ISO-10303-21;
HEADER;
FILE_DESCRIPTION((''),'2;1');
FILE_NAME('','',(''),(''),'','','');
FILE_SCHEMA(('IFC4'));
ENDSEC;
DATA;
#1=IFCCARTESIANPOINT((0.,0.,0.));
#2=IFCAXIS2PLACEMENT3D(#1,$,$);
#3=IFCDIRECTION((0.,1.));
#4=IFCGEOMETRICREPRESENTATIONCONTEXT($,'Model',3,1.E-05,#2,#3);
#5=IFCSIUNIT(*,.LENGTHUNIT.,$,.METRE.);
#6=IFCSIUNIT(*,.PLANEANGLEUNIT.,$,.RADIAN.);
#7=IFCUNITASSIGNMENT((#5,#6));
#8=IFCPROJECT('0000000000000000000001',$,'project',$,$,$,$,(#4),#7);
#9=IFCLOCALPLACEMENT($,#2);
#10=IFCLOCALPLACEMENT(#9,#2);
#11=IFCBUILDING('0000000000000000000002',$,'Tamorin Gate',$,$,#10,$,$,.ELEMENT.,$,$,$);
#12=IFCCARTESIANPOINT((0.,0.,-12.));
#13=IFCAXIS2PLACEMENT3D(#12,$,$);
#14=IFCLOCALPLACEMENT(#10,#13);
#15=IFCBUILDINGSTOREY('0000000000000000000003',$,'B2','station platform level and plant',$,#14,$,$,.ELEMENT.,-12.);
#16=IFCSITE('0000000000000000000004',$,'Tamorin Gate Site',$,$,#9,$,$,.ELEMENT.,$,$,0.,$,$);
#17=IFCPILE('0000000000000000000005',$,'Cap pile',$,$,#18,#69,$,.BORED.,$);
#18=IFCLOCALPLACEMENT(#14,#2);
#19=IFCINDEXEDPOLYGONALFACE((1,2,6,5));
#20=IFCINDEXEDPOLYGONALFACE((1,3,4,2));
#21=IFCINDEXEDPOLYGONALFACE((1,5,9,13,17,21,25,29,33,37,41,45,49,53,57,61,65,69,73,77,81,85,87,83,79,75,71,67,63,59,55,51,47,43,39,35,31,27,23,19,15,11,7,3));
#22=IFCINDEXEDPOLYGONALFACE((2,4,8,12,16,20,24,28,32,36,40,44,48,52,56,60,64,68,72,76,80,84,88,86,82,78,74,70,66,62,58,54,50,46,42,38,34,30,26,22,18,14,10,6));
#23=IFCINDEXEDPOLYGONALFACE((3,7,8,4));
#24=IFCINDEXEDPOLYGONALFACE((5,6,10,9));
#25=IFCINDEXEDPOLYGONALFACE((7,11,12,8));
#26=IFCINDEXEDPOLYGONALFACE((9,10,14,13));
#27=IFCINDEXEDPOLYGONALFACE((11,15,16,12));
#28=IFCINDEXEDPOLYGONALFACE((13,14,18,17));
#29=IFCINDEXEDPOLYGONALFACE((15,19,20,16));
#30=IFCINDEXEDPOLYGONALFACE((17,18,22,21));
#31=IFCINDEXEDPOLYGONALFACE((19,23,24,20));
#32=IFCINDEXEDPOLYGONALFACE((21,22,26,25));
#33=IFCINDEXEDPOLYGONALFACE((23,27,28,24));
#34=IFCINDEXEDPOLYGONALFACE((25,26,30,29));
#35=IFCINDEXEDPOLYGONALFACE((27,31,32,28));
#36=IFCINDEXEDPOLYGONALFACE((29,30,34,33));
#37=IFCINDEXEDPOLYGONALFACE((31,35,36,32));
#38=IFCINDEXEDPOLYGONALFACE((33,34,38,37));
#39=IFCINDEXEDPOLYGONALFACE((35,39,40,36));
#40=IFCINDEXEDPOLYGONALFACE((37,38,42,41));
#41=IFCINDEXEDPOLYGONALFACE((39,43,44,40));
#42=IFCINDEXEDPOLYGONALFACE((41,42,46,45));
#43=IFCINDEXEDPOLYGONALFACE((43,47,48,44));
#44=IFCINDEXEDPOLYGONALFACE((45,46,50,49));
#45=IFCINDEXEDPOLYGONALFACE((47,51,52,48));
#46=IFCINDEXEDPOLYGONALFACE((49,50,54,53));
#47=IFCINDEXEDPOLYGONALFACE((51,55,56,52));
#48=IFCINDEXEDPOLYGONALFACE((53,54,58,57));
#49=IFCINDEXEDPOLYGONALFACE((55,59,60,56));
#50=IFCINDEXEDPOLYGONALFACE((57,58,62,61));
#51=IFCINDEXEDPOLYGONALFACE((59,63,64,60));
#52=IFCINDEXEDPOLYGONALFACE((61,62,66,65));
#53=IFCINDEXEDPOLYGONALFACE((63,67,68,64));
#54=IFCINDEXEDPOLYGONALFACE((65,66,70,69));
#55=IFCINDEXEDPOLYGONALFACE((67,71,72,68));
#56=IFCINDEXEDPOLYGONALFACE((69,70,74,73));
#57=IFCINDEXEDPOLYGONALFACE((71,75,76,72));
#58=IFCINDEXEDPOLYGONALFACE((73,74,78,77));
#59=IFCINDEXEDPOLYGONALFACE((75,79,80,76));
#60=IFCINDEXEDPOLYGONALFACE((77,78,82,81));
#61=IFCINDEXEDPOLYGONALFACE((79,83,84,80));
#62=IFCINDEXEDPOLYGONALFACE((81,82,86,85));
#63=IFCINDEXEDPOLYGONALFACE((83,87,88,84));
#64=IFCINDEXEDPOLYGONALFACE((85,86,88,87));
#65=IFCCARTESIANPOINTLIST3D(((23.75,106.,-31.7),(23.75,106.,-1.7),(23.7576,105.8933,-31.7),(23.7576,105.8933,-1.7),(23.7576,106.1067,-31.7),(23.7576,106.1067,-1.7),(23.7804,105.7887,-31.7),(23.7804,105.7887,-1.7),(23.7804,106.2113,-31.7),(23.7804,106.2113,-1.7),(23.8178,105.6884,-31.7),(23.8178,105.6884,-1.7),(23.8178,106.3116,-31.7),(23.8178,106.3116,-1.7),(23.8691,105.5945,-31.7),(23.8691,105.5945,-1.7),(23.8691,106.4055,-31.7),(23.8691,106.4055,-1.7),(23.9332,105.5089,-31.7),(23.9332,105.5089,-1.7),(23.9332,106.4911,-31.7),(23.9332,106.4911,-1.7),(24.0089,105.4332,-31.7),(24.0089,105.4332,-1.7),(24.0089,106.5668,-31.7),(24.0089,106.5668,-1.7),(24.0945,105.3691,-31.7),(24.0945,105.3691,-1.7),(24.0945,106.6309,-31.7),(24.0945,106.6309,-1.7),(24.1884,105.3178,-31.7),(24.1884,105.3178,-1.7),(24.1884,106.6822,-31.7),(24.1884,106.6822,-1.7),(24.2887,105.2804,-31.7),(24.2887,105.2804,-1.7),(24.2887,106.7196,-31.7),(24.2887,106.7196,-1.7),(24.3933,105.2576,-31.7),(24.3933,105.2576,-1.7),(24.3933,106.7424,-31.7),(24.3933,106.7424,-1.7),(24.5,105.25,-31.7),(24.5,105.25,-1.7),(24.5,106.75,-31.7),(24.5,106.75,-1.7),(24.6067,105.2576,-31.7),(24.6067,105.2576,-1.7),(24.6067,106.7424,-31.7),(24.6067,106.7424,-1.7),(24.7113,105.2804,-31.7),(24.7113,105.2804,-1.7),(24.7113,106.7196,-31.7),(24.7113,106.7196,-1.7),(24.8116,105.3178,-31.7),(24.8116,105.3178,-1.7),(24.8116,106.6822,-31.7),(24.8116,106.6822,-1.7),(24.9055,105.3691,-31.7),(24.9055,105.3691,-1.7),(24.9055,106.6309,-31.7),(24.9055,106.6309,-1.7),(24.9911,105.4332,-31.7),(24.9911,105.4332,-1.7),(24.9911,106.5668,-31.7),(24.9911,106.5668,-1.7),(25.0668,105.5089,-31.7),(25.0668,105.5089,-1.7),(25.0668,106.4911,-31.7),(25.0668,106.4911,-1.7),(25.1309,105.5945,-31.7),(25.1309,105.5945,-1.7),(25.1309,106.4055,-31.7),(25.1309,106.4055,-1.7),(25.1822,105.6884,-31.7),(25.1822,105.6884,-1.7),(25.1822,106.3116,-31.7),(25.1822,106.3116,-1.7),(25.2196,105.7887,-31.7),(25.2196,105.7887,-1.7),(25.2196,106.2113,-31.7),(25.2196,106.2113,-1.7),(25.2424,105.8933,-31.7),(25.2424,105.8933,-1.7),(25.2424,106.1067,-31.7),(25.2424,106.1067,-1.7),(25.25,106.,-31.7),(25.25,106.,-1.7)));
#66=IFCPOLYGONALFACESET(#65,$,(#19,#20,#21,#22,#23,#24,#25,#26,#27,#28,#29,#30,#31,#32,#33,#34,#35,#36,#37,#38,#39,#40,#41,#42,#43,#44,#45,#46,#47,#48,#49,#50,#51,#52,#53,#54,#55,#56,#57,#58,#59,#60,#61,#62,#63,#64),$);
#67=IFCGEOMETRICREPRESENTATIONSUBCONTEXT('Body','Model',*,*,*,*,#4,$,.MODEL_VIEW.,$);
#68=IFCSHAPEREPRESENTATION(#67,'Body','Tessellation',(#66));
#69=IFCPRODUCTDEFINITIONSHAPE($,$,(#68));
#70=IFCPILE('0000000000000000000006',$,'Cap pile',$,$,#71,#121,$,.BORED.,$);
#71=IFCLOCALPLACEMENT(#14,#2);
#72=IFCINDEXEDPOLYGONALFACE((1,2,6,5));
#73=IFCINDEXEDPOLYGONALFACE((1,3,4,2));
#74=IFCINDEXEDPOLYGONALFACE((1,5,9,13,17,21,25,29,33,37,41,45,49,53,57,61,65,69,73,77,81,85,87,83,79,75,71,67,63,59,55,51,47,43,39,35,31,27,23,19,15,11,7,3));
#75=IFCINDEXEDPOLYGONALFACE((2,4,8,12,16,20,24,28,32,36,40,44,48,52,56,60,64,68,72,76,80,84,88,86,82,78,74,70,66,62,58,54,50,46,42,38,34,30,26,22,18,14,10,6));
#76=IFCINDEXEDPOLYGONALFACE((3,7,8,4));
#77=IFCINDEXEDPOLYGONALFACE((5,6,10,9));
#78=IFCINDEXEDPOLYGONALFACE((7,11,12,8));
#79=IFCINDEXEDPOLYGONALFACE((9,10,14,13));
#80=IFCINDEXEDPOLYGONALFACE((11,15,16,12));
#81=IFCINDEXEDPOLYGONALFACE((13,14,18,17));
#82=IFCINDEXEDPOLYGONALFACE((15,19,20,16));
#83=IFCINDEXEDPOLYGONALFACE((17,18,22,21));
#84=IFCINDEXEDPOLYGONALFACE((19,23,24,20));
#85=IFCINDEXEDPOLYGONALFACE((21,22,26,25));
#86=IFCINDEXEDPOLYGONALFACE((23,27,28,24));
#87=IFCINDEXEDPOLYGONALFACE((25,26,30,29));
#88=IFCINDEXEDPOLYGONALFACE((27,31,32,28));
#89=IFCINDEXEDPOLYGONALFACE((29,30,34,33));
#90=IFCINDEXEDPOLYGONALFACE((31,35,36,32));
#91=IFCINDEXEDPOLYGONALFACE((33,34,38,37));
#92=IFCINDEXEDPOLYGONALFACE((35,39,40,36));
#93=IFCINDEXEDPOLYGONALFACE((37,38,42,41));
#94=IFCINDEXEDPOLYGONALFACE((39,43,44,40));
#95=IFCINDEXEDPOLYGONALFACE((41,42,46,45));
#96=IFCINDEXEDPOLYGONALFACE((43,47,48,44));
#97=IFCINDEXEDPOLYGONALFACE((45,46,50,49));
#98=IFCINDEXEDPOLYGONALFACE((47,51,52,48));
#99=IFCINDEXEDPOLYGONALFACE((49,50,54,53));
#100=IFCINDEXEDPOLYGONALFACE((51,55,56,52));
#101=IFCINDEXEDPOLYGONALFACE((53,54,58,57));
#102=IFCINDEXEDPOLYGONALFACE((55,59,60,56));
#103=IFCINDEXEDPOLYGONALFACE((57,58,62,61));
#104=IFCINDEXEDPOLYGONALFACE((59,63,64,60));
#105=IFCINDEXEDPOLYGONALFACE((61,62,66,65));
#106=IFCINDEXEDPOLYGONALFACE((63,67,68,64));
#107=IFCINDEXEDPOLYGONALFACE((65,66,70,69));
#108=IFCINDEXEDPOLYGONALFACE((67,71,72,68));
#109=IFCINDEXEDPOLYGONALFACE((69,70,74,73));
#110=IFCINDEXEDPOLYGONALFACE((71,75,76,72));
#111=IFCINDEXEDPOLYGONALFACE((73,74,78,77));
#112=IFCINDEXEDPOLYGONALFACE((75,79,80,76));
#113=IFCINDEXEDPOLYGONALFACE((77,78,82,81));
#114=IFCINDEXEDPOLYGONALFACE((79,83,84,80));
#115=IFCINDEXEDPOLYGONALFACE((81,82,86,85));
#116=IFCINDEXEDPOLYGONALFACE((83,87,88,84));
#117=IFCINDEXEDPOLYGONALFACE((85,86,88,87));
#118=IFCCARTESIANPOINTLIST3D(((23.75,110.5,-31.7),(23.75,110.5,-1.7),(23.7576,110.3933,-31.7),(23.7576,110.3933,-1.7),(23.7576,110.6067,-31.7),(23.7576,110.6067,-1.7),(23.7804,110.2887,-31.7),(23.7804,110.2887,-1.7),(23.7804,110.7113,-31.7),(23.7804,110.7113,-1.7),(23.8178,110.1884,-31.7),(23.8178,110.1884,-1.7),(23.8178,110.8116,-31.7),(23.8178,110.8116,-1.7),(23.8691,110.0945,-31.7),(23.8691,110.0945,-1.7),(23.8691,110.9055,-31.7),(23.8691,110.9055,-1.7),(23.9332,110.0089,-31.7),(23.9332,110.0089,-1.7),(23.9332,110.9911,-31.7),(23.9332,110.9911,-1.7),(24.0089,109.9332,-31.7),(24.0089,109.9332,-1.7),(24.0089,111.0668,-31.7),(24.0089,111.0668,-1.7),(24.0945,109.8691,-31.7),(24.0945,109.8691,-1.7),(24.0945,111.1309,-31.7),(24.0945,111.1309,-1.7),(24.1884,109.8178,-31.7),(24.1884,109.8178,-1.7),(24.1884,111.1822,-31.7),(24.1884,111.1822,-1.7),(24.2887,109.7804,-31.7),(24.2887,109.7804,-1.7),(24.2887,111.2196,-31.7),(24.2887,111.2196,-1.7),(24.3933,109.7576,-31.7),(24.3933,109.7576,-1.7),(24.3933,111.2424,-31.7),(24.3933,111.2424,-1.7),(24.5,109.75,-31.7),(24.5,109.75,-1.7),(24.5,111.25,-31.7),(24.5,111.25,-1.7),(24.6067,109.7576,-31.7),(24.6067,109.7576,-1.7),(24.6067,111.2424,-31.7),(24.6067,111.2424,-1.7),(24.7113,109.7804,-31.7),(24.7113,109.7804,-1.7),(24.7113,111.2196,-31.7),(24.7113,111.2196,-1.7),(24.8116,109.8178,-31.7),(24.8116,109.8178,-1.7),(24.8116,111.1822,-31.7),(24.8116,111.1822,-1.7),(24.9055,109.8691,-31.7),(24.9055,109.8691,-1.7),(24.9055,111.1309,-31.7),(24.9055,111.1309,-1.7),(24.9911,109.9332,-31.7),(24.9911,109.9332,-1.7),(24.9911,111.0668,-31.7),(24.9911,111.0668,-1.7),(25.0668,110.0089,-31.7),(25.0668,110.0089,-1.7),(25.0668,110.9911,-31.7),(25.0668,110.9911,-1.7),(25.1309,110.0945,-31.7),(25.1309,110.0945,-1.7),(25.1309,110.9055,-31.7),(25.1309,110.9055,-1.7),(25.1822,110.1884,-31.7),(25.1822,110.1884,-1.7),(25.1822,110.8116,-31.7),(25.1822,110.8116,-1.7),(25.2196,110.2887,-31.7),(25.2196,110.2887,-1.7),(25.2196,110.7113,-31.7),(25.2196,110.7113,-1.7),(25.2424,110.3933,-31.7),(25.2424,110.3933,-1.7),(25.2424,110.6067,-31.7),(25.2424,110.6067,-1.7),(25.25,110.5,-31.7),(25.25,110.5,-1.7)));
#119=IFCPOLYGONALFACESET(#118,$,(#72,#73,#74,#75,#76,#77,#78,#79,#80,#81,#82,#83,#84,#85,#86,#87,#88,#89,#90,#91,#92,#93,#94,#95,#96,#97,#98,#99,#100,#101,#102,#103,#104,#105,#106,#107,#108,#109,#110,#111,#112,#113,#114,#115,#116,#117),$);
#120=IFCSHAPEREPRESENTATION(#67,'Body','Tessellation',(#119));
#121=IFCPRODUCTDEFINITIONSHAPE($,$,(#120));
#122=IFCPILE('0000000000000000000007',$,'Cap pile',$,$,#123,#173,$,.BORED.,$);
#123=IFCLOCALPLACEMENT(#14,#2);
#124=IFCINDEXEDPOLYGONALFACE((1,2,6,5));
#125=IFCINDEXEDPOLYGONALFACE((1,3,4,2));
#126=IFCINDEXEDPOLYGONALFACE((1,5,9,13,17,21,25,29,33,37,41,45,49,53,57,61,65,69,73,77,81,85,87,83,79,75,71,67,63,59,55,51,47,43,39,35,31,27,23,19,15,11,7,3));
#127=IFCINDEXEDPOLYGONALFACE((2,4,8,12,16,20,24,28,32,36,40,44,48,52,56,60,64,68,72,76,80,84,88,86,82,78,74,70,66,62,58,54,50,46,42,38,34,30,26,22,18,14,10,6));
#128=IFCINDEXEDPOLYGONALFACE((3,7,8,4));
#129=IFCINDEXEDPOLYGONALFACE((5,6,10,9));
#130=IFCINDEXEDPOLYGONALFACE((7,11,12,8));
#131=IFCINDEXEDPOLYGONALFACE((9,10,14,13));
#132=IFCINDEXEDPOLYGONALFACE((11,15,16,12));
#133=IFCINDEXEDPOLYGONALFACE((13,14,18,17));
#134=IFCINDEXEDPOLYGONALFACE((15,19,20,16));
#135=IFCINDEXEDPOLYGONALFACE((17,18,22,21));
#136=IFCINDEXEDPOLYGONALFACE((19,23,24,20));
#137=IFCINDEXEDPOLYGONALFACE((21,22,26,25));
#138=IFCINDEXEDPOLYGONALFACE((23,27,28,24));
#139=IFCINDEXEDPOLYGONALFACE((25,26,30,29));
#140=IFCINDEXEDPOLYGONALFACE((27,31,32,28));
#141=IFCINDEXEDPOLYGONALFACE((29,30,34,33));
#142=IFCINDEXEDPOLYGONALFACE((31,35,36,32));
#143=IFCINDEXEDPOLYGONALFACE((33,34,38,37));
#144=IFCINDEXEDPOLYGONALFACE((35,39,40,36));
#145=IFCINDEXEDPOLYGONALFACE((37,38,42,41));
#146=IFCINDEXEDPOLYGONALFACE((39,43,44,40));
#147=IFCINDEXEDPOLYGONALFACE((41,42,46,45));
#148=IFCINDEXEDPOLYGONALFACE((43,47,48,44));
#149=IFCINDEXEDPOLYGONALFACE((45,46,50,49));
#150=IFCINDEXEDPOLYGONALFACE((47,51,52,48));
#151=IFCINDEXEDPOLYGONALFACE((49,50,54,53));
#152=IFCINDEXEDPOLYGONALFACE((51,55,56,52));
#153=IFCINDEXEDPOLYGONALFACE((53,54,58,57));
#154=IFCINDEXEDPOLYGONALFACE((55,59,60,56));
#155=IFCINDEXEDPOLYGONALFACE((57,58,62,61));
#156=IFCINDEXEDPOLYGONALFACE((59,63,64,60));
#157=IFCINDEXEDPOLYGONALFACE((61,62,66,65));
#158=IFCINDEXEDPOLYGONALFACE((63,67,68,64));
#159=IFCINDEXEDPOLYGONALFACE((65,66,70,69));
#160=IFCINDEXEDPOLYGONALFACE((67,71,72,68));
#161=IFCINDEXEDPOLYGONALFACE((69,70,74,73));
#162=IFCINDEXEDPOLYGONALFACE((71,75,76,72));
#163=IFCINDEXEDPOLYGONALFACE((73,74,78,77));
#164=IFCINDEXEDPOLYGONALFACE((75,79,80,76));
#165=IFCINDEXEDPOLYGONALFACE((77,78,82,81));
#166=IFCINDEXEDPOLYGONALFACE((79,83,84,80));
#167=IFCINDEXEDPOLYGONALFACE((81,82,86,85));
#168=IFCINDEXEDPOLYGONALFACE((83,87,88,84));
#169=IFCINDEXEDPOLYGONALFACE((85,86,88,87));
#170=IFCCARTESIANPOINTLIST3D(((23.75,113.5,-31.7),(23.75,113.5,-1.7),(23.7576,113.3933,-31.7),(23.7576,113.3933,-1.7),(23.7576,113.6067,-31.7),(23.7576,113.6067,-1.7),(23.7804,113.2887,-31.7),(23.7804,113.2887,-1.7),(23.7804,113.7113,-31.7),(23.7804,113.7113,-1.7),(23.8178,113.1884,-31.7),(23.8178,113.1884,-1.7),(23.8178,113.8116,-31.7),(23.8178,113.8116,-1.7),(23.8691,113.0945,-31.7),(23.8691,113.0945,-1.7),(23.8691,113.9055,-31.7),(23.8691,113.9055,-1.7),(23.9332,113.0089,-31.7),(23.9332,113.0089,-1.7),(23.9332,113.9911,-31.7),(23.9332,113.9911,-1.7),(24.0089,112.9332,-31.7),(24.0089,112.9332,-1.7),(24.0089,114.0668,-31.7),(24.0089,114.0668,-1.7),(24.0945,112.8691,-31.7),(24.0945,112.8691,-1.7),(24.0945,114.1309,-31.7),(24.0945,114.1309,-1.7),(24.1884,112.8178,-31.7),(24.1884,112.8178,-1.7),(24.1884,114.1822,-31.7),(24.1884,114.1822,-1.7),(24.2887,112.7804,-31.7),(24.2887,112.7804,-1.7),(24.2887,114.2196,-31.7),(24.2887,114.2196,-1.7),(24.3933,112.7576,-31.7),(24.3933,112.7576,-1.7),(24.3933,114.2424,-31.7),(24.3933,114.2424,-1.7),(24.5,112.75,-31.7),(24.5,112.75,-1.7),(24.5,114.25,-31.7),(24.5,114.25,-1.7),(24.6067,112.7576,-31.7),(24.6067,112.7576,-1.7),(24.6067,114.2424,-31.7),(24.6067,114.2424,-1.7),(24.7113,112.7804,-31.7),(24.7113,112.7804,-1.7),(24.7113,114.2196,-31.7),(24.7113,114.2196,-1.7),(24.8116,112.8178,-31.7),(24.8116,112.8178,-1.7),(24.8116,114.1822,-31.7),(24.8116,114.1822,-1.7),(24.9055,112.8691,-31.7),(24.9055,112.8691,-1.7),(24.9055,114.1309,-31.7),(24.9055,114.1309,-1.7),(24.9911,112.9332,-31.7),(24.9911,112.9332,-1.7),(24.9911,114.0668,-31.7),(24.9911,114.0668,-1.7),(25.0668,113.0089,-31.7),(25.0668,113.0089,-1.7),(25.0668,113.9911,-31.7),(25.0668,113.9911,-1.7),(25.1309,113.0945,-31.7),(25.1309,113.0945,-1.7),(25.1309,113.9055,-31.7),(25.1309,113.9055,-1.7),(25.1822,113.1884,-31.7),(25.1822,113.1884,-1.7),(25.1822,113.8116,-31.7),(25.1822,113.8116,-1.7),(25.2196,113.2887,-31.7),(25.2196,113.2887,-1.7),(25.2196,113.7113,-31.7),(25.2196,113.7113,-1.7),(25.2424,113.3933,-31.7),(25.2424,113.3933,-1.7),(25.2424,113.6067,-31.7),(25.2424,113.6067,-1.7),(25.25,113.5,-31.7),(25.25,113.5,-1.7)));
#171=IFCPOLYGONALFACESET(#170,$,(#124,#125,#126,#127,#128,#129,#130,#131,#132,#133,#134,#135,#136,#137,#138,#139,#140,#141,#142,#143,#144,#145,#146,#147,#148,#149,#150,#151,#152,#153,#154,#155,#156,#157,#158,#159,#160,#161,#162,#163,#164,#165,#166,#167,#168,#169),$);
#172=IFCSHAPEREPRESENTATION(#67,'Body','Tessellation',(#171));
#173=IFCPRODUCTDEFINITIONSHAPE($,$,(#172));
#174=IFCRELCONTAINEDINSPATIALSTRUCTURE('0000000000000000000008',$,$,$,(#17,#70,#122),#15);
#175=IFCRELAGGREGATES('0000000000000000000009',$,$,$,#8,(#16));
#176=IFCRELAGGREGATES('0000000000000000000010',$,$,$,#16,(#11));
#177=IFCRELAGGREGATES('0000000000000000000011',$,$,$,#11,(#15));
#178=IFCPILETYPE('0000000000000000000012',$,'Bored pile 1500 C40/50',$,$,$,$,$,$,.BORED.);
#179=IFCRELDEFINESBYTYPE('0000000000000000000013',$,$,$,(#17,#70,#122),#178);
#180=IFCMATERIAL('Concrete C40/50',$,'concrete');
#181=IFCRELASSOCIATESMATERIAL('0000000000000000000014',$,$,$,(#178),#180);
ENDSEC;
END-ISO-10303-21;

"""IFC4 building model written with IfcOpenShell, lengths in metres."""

from ifc_helpers import new_model, si_unit, direction, frame, origin, origin_2d, place, context, subcontext, project, spatial, circle, extrude, material, material_profile, profile_set, type_object, element, save


model = new_model("IFC4")

# Units and contexts
model_context = context("Model", 3, precision=1e-05, world=origin(), true_north=direction((0.0, 1.0)))
body_context = subcontext(model_context, "Body", "Model", "MODEL_VIEW")
ifc_project = project(units=[si_unit("LENGTHUNIT", "METRE"), si_unit("PLANEANGLEUNIT", "RADIAN")], contexts=[model_context])

# Site, building, storey
site_placement = place(None, origin())
site = spatial("IfcSite", under=ifc_project, at=site_placement, Name="Tamorin Gate Site", CompositionType="ELEMENT", RefElevation=0.0)
building_placement = place(site_placement, origin())
building = spatial("IfcBuilding", under=site, at=building_placement, Name="Tamorin Gate", CompositionType="ELEMENT")
storey_placement = place(building_placement, frame((0.0, 0.0, -12.0)))
storey = spatial("IfcBuildingStorey", under=building, at=storey_placement, Name="B2", Description="station platform level and plant", CompositionType="ELEMENT", Elevation=-12.0)

# Piles
ifc_material_1 = material(Name="Concrete C40/50", Category="concrete")
ifc_material_profile_1 = material_profile(ifc_material_1, circle(Radius=0.75, at=origin_2d()))
ifc_profile_set_1 = profile_set([ifc_material_profile_1], Name="Concrete C40/50")
pile_type = type_object("IfcPileType", Name="Bored pile 1500 C40/50", PredefinedType="BORED", material=ifc_profile_set_1)
for number, where, z_axis, x_axis, name in (
    (1, (24.5, 106.0, -1.7), (0.0, 0.0, -1.0), (1.0, 0.0, 0.0), "Cap pile"),
    (2, (24.5, 110.5, -1.7), (0.0, 0.0, -1.0), (1.0, 0.0, 0.0), "Cap pile"),
    (3, (24.5, 113.5, -1.7), (0.0, 0.0, -1.0), (1.0, 0.0, 0.0), "Cap pile"),
):
    element("IfcPile", number, at=place(storey_placement, frame(where, z_axis=z_axis, x_axis=x_axis)), inside=storey, type_object=pile_type, Name=name, PredefinedType="BORED", context=body_context, shape_type="SweptSolid", body=[
        extrude(circle(Radius=0.75, at=origin_2d()), origin(), (0.0, 0.0, 1.0), 30.0),
    ])

save(model, "model.ifc")
